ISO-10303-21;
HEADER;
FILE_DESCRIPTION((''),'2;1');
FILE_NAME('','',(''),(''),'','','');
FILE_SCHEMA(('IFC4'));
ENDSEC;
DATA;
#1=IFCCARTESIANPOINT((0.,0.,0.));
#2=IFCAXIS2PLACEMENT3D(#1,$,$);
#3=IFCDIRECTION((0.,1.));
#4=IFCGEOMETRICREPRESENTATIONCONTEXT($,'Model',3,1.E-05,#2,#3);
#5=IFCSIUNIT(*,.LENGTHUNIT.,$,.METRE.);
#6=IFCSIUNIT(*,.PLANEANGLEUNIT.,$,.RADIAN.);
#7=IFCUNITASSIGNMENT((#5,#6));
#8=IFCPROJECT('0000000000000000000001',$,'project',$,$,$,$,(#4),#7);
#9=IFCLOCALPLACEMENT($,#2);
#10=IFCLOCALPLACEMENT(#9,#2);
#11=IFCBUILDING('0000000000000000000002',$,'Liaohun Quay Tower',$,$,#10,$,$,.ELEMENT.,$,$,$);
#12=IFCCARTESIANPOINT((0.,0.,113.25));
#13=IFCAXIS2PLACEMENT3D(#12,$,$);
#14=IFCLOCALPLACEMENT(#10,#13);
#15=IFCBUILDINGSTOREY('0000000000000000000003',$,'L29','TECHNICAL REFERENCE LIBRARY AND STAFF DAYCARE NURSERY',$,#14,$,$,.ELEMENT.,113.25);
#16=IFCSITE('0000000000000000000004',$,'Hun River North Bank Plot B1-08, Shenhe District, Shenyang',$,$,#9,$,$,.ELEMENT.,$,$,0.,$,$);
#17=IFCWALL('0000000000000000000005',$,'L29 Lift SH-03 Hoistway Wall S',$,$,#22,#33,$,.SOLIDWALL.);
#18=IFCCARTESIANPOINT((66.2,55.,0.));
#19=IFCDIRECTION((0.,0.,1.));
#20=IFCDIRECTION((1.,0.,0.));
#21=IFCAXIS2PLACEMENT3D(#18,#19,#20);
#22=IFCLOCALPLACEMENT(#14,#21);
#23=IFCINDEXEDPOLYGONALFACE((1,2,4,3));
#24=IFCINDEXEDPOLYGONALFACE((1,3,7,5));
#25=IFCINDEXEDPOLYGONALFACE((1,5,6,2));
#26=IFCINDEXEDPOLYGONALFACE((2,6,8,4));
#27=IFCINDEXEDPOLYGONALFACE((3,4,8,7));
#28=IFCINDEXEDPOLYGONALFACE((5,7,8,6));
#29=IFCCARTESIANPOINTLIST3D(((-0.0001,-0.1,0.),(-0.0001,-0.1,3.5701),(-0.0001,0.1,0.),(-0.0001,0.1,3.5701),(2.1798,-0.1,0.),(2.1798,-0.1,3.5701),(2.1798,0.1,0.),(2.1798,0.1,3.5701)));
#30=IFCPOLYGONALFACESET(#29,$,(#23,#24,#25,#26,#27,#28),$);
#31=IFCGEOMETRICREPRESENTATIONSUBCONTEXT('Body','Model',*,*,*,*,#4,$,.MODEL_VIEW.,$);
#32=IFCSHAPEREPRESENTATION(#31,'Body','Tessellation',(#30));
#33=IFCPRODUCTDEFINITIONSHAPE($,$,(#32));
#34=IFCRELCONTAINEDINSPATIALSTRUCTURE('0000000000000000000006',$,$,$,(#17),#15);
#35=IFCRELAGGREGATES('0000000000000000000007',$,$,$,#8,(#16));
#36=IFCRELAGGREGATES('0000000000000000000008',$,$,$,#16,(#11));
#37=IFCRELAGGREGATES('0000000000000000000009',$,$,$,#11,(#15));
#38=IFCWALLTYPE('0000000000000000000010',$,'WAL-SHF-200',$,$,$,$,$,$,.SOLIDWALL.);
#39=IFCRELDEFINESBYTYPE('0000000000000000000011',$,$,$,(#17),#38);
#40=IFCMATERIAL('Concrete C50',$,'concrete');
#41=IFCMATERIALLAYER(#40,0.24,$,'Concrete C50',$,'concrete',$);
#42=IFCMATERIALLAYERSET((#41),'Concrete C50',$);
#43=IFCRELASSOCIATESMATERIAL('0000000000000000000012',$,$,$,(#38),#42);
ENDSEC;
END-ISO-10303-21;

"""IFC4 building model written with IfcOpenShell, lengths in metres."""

from ifc_helpers import new_model, si_unit, direction, frame, frame_2d, origin, place, context, subcontext, project, spatial, rectangle, extrude, material, layer, layer_set, type_object, element, save


model = new_model("IFC4")

# Units and contexts
model_context = context("Model", 3, precision=1e-05, world=origin(), true_north=direction((0.0, 1.0)))
body_context = subcontext(model_context, "Body", "Model", "MODEL_VIEW")
ifc_project = project(units=[si_unit("LENGTHUNIT", "METRE"), si_unit("PLANEANGLEUNIT", "RADIAN")], contexts=[model_context])

# Site, building, storey
site_placement = place(None, origin())
site = spatial("IfcSite", under=ifc_project, at=site_placement, Name="Hun River North Bank Plot B1-08, Shenhe District, Shenyang", CompositionType="ELEMENT", RefElevation=0.0)
building_placement = place(site_placement, origin())
building = spatial("IfcBuilding", under=site, at=building_placement, Name="Liaohun Quay Tower", CompositionType="ELEMENT")
storey_placement = place(building_placement, frame((0.0, 0.0, 113.25)))
storey = spatial("IfcBuildingStorey", under=building, at=storey_placement, Name="L29", Description="TECHNICAL REFERENCE LIBRARY AND STAFF DAYCARE NURSERY", CompositionType="ELEMENT", Elevation=113.25)

# Shared definitions
ifc_material_1 = material(Name="Concrete C50", Category="concrete")
ifc_layer_1 = layer(ifc_material_1, 0.24, Name="Concrete C50", Category="concrete")
ifc_layer_set_1 = layer_set([ifc_layer_1], Name="Concrete C50")
wall_type_1 = type_object("IfcWallType", Name="WAL-SHF-200", PredefinedType="SOLIDWALL", material=ifc_layer_set_1)

# Wall
wall_1_placement = place(storey_placement, frame((66.2, 55.0, 0.0), z_axis=(0.0, 0.0, 1.0), x_axis=(1.0, 0.0, 0.0)))
element("IfcWall", 1, at=wall_1_placement, inside=storey, type_object=wall_type_1, Name="L29 Lift SH-03 Hoistway Wall S", PredefinedType="SOLIDWALL", context=body_context, shape_type="SweptSolid", body=[
    extrude(rectangle(XDim=2.1799, YDim=0.2, at=frame_2d((1.0898, 0.0))), origin(), (0.0, 0.0, 1.0), 3.5701),
])

save(model, "model.ifc")
